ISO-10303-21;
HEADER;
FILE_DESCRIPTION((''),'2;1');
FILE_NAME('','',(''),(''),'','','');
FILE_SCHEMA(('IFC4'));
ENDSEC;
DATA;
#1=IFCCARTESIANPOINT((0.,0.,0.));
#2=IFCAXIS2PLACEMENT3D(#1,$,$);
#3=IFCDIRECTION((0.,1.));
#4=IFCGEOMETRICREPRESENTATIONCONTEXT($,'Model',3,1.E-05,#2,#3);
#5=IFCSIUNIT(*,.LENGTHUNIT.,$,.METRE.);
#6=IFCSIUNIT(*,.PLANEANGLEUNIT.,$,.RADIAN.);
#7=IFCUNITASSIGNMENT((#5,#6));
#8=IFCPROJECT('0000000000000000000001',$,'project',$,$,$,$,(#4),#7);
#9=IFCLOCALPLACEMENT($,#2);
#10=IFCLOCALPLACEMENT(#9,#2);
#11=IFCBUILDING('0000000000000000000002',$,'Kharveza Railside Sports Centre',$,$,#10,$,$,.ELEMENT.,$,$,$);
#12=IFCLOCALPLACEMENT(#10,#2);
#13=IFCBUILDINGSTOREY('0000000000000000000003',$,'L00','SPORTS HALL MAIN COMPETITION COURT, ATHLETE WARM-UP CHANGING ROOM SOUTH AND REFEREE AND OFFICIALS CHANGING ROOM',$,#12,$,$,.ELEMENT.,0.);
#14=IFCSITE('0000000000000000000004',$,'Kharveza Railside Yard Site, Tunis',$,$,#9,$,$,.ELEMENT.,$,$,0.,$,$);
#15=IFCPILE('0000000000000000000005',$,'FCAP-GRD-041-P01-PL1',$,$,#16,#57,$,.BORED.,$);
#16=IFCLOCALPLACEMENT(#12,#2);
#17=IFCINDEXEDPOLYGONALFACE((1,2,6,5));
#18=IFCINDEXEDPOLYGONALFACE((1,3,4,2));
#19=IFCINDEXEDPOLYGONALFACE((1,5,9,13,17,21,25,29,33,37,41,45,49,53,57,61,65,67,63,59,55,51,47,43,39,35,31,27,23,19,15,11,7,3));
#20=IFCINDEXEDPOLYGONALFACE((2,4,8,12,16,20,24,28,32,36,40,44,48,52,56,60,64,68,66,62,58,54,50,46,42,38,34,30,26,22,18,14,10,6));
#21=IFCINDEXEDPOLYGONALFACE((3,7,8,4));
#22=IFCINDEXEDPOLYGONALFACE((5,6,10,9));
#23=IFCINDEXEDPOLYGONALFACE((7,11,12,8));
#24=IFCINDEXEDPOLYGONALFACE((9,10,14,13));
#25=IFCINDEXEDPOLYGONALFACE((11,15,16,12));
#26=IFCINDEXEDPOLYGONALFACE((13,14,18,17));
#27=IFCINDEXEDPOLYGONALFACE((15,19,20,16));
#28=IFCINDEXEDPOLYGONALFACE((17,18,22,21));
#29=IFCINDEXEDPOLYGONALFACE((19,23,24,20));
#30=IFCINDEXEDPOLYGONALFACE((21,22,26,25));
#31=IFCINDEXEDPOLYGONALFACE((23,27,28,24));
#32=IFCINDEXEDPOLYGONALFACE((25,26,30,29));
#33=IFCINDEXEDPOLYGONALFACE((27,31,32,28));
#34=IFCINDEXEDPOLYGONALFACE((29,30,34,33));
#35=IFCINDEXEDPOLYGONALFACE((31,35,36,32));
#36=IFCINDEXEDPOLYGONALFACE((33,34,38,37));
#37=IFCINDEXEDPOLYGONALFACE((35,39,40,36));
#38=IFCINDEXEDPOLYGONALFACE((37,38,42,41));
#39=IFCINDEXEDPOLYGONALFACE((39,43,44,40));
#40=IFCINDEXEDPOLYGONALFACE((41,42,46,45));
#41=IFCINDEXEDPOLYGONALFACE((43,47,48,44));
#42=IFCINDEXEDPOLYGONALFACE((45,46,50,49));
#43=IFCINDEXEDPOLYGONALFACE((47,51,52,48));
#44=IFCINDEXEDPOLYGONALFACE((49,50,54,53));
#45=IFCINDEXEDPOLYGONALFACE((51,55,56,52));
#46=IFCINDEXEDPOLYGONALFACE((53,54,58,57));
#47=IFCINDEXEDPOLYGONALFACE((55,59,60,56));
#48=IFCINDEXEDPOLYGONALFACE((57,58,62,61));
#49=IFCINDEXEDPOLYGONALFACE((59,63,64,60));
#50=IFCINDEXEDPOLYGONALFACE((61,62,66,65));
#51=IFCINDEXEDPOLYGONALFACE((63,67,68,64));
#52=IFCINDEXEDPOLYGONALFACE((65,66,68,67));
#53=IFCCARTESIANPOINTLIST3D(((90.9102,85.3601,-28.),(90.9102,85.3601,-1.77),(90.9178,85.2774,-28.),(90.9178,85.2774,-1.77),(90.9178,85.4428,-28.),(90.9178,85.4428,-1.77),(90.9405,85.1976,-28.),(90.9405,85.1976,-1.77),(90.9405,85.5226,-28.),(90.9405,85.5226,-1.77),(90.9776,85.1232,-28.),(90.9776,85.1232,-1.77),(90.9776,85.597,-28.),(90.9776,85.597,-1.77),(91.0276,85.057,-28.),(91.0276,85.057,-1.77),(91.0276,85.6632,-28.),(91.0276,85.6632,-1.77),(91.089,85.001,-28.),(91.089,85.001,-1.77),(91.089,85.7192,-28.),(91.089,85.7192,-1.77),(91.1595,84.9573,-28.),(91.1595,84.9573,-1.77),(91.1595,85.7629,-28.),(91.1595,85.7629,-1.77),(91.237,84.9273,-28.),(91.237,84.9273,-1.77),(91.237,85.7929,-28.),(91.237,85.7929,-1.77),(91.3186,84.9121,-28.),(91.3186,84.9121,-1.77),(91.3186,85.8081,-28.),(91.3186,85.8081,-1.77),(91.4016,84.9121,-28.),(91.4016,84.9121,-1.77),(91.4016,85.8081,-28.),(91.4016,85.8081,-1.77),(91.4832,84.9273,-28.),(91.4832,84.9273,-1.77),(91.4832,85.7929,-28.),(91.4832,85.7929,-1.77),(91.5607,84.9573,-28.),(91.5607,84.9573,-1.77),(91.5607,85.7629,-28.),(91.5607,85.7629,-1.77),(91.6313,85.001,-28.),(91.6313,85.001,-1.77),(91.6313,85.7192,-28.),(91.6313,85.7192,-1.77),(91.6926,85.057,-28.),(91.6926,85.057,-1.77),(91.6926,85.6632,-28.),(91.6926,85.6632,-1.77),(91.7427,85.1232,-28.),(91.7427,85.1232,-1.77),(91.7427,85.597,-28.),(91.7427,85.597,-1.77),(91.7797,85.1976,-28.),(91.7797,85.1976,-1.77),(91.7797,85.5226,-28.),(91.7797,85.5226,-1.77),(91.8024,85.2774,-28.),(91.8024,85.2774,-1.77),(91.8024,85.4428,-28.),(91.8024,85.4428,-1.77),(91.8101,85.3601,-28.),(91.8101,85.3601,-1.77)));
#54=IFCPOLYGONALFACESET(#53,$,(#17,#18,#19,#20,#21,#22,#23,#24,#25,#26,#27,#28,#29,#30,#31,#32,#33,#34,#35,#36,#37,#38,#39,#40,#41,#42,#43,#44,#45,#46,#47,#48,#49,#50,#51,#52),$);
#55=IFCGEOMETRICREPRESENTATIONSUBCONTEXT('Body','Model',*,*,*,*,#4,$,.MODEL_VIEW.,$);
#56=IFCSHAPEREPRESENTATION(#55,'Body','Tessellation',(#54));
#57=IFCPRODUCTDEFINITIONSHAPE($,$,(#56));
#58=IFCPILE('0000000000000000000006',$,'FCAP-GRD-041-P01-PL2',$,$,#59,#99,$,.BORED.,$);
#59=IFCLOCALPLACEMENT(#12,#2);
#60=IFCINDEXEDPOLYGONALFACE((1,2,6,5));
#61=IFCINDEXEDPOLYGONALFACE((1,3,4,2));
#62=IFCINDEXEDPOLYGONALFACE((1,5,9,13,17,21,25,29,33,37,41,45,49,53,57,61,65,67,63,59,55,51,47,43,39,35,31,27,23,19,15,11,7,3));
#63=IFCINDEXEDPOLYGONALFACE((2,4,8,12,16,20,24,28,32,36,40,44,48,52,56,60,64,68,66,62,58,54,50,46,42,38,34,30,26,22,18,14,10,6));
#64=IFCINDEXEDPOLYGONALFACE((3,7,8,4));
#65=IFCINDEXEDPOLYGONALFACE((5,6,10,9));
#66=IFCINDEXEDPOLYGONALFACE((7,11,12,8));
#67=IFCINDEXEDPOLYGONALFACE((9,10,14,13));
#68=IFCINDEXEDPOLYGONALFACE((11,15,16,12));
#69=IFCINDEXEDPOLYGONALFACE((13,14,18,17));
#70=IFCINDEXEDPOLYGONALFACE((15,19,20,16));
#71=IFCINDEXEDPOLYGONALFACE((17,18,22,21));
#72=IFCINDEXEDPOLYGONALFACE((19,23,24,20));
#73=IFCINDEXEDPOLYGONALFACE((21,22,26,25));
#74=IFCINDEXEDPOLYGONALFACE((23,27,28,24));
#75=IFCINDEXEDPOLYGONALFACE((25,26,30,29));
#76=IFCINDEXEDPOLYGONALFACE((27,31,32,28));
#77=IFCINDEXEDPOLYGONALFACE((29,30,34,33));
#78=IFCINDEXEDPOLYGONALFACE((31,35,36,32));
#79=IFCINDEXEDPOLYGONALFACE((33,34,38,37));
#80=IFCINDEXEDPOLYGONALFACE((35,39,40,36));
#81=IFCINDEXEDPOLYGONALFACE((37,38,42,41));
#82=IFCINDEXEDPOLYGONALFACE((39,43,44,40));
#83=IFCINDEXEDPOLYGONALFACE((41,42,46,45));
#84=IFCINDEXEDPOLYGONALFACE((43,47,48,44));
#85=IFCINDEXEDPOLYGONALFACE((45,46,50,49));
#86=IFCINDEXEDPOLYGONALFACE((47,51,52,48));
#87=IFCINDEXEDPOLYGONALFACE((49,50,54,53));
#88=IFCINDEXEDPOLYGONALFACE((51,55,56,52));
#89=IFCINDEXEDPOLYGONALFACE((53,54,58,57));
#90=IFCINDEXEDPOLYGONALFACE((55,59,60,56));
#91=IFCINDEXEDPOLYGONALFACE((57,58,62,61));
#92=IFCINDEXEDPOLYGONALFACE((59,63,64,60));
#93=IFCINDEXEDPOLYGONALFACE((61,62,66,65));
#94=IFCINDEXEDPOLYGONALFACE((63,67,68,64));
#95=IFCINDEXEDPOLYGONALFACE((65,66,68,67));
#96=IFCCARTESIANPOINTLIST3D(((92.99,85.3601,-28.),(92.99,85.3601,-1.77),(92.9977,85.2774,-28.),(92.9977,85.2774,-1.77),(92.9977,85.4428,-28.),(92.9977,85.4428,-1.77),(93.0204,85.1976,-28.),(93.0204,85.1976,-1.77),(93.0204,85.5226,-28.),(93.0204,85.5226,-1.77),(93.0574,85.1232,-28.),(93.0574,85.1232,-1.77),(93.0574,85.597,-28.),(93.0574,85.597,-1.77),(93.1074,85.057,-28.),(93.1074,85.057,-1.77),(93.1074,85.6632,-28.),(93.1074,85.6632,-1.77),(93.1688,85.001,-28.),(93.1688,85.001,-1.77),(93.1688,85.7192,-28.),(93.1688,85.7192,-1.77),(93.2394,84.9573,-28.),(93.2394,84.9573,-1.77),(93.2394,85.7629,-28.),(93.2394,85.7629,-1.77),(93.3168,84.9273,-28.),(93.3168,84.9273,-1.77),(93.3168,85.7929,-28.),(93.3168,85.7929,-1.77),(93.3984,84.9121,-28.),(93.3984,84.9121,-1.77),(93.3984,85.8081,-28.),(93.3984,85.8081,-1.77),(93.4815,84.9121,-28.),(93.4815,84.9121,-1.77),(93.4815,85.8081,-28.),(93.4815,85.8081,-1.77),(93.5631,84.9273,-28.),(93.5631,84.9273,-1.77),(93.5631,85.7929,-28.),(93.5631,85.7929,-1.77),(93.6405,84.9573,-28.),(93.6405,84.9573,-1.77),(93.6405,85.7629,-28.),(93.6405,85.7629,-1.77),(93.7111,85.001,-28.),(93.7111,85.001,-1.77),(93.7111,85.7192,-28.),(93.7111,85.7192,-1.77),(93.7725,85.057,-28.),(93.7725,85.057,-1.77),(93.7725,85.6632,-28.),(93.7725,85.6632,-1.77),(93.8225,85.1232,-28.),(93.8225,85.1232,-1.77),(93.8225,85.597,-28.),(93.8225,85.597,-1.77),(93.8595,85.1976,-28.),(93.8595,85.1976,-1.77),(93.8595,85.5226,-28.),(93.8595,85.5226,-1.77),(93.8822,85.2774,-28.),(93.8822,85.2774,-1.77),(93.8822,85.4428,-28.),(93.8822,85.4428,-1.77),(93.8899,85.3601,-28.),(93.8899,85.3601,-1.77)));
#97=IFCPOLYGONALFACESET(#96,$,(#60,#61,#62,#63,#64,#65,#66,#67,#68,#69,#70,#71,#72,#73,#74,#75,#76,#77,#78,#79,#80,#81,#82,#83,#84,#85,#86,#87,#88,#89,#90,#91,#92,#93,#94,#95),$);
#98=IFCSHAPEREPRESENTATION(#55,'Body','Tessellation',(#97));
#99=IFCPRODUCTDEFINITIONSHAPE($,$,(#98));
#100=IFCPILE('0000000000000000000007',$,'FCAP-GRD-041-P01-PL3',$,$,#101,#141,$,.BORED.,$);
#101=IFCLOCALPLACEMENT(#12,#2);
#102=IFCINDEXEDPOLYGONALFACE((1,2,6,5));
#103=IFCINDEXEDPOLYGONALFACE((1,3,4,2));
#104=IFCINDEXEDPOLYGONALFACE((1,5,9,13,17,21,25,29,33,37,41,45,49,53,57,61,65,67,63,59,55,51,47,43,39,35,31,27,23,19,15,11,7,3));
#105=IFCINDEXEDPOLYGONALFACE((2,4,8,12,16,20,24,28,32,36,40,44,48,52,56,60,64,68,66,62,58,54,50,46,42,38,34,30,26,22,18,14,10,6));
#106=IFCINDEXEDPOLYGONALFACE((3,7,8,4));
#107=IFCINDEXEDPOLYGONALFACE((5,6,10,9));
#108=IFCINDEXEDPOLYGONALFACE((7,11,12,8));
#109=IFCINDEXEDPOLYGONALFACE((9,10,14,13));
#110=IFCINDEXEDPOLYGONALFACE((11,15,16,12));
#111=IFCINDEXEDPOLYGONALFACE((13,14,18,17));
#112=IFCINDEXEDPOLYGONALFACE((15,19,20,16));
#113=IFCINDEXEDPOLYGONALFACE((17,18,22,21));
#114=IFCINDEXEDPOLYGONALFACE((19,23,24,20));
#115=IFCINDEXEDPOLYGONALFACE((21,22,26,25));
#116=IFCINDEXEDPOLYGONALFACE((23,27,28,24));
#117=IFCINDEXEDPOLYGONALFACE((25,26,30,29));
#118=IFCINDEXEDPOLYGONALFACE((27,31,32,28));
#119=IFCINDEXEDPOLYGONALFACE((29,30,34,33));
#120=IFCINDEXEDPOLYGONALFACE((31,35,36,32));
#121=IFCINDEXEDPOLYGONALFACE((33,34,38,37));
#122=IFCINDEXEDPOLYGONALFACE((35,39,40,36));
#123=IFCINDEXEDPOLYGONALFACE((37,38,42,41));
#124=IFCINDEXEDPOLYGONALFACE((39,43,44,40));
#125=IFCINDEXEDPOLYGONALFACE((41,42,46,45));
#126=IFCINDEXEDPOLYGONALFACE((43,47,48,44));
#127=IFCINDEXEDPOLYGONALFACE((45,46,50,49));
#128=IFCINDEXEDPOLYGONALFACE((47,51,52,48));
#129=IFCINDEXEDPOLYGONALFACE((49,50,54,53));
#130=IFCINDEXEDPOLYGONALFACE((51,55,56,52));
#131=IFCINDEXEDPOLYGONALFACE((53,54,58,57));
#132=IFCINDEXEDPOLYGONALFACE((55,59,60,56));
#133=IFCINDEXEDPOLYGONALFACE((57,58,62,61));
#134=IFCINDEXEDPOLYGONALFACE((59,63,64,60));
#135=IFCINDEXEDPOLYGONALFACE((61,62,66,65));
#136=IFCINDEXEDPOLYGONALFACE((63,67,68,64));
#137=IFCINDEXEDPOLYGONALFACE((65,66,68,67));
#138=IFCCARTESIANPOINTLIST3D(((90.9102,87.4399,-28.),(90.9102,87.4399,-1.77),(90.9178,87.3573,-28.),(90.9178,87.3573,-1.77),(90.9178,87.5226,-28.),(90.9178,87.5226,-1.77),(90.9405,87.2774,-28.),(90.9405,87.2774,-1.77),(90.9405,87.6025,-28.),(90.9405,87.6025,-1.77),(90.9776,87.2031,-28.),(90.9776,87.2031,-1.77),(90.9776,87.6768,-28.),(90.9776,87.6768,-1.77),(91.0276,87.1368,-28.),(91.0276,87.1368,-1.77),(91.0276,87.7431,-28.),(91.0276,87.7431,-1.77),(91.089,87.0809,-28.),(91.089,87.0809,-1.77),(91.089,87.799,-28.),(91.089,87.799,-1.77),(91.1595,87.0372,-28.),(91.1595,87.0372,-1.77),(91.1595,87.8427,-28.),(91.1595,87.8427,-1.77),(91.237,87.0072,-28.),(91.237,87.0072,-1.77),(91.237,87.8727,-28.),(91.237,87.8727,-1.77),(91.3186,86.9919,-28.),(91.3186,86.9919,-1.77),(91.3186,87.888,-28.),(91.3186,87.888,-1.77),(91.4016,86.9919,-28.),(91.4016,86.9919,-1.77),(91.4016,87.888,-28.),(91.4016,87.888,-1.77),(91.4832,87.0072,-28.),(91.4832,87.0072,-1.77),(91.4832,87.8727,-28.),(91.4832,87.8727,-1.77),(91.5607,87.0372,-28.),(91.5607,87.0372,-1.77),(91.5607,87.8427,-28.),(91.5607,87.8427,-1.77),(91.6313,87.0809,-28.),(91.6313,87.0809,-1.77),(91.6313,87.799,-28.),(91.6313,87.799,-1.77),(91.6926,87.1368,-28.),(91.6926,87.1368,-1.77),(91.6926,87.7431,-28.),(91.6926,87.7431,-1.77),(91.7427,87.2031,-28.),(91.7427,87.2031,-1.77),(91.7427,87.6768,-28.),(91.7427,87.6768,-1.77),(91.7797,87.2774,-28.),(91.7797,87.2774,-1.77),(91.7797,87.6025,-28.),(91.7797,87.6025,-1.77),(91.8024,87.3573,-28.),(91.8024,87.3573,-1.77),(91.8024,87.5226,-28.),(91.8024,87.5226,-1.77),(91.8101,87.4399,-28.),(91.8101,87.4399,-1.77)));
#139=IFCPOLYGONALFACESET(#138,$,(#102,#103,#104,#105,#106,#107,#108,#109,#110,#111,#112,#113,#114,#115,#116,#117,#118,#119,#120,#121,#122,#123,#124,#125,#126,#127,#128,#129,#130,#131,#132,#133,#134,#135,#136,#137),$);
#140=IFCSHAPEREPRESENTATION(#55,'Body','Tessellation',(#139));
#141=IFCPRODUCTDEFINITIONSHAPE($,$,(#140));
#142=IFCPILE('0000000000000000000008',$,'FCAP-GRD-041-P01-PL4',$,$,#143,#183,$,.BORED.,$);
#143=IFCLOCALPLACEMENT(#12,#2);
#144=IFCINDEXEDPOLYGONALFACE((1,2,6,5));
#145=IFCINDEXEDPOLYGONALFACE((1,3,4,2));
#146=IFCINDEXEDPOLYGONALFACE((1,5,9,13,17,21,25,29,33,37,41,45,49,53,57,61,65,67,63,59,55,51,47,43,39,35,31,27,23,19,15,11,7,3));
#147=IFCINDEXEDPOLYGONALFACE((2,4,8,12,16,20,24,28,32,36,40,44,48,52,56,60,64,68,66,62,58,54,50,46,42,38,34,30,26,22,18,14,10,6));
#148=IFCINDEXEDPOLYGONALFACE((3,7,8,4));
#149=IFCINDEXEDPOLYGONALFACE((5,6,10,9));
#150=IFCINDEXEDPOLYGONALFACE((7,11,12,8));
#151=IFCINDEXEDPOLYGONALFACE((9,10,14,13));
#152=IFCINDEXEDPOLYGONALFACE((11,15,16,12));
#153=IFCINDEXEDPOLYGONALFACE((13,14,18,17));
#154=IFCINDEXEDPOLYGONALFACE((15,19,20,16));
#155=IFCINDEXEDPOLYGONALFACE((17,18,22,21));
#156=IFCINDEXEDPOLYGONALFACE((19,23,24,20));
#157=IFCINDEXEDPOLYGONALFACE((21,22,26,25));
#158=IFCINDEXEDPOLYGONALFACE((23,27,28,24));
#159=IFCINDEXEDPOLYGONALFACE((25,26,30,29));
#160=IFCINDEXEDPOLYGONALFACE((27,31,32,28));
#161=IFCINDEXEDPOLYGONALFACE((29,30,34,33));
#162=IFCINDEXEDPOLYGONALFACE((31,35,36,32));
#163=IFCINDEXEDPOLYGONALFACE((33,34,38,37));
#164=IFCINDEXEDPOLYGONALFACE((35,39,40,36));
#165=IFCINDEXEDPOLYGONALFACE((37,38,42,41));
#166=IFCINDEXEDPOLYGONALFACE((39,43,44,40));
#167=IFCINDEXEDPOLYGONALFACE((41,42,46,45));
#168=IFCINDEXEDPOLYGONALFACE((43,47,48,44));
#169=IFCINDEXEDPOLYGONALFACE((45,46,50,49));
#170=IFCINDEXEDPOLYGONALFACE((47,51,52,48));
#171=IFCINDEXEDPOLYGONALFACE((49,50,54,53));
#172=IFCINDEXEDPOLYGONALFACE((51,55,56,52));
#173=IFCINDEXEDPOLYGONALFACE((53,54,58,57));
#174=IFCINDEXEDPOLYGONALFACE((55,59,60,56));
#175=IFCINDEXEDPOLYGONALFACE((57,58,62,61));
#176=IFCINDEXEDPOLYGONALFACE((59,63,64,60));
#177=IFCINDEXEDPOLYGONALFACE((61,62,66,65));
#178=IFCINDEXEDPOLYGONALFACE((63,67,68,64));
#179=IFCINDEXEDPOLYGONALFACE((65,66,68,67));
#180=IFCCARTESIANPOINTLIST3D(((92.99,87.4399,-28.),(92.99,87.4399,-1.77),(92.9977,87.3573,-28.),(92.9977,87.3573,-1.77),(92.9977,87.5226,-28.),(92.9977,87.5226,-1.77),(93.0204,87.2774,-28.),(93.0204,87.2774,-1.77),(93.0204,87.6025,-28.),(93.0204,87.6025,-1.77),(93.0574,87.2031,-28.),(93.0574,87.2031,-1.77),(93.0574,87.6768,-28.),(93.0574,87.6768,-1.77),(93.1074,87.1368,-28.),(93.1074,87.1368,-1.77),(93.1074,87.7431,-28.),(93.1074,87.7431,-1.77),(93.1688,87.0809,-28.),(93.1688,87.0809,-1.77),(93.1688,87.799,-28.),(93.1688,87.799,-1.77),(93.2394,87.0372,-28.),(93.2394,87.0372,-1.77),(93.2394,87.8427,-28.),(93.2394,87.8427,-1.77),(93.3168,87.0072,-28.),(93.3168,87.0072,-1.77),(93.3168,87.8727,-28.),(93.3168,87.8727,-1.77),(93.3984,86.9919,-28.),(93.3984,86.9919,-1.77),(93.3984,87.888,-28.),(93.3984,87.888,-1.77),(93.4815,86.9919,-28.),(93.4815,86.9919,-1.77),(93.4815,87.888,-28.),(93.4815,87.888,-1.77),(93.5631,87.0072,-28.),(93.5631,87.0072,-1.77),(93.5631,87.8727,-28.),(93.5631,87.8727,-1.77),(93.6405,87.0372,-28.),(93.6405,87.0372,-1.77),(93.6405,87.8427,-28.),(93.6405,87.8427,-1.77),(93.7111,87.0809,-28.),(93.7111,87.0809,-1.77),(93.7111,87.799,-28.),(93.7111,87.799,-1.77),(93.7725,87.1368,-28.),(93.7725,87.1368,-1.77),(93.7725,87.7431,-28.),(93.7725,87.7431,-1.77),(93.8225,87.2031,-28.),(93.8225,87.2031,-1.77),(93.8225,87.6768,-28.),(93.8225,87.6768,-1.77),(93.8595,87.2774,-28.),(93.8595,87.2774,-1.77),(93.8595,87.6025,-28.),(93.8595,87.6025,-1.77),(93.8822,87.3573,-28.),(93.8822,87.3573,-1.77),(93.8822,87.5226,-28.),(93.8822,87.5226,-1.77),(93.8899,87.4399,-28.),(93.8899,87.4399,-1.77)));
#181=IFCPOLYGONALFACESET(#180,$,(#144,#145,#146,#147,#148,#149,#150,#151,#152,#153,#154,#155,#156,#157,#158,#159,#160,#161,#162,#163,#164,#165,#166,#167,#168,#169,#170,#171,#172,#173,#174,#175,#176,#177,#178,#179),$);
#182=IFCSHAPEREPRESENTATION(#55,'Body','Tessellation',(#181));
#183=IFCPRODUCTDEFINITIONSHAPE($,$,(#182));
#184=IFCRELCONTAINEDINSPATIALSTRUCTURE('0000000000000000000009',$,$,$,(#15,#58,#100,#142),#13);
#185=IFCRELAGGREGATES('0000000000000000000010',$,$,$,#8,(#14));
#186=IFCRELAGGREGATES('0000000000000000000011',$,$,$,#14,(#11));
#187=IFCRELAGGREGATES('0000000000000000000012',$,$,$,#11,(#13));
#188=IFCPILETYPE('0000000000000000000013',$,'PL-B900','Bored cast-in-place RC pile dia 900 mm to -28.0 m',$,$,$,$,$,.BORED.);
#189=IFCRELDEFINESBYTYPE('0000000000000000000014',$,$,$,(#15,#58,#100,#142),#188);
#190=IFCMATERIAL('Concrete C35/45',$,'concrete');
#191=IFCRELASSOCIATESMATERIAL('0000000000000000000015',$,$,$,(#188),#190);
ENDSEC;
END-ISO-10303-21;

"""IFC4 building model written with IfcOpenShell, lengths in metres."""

from ifc_helpers import new_model, si_unit, direction, frame, origin, origin_2d, place, context, subcontext, project, spatial, circle, extrude, material, material_profile, profile_set, type_object, element, save


model = new_model("IFC4")

# Units and contexts
model_context = context("Model", 3, precision=1e-05, world=origin(), true_north=direction((0.0, 1.0)))
body_context = subcontext(model_context, "Body", "Model", "MODEL_VIEW")
ifc_project = project(units=[si_unit("LENGTHUNIT", "METRE"), si_unit("PLANEANGLEUNIT", "RADIAN")], contexts=[model_context])

# Site, building, storey
site_placement = place(None, origin())
site = spatial("IfcSite", under=ifc_project, at=site_placement, Name="Kharveza Railside Yard Site, Tunis", CompositionType="ELEMENT", RefElevation=0.0)
building_placement = place(site_placement, origin())
building = spatial("IfcBuilding", under=site, at=building_placement, Name="Kharveza Railside Sports Centre", CompositionType="ELEMENT")
storey_placement = place(building_placement, origin())
storey = spatial("IfcBuildingStorey", under=building, at=storey_placement, Name="L00", Description="SPORTS HALL MAIN COMPETITION COURT, ATHLETE WARM-UP CHANGING ROOM SOUTH AND REFEREE AND OFFICIALS CHANGING ROOM", CompositionType="ELEMENT", Elevation=0.0)

# Shared definitions
ifc_material_1 = material(Name="Concrete C35/45", Category="concrete")

# Piles
ifc_material_profile_1 = material_profile(ifc_material_1, circle(Radius=0.45, at=origin_2d()), Name="PILE D900")
ifc_profile_set_1 = profile_set([ifc_material_profile_1], Name="Concrete C35/45")
pile_type = type_object("IfcPileType", Name="PL-B900", Description="Bored cast-in-place RC pile dia 900 mm to -28.0 m", PredefinedType="BORED", material=ifc_profile_set_1)
for number, where, z_axis, x_axis, name in (
    (1, (91.3601, 85.3601, -1.77), (0.0, 0.0, -1.0), (1.0, 0.0, 0.0), "FCAP-GRD-041-P01-PL1"),
    (2, (93.4399, 85.3601, -1.77), (0.0, 0.0, -1.0), (1.0, 0.0, 0.0), "FCAP-GRD-041-P01-PL2"),
    (3, (91.3601, 87.4399, -1.77), (0.0, 0.0, -1.0), (1.0, 0.0, 0.0), "FCAP-GRD-041-P01-PL3"),
    (4, (93.4399, 87.4399, -1.77), (0.0, 0.0, -1.0), (1.0, 0.0, 0.0), "FCAP-GRD-041-P01-PL4"),
):
    element("IfcPile", number, at=place(storey_placement, frame(where, z_axis=z_axis, x_axis=x_axis)), inside=storey, type_object=pile_type, Name=name, PredefinedType="BORED", context=body_context, shape_type="SweptSolid", body=[
        extrude(circle(Radius=0.45, at=origin_2d()), origin(), (0.0, 0.0, 1.0), 26.23),
    ])

save(model, "model.ifc")
